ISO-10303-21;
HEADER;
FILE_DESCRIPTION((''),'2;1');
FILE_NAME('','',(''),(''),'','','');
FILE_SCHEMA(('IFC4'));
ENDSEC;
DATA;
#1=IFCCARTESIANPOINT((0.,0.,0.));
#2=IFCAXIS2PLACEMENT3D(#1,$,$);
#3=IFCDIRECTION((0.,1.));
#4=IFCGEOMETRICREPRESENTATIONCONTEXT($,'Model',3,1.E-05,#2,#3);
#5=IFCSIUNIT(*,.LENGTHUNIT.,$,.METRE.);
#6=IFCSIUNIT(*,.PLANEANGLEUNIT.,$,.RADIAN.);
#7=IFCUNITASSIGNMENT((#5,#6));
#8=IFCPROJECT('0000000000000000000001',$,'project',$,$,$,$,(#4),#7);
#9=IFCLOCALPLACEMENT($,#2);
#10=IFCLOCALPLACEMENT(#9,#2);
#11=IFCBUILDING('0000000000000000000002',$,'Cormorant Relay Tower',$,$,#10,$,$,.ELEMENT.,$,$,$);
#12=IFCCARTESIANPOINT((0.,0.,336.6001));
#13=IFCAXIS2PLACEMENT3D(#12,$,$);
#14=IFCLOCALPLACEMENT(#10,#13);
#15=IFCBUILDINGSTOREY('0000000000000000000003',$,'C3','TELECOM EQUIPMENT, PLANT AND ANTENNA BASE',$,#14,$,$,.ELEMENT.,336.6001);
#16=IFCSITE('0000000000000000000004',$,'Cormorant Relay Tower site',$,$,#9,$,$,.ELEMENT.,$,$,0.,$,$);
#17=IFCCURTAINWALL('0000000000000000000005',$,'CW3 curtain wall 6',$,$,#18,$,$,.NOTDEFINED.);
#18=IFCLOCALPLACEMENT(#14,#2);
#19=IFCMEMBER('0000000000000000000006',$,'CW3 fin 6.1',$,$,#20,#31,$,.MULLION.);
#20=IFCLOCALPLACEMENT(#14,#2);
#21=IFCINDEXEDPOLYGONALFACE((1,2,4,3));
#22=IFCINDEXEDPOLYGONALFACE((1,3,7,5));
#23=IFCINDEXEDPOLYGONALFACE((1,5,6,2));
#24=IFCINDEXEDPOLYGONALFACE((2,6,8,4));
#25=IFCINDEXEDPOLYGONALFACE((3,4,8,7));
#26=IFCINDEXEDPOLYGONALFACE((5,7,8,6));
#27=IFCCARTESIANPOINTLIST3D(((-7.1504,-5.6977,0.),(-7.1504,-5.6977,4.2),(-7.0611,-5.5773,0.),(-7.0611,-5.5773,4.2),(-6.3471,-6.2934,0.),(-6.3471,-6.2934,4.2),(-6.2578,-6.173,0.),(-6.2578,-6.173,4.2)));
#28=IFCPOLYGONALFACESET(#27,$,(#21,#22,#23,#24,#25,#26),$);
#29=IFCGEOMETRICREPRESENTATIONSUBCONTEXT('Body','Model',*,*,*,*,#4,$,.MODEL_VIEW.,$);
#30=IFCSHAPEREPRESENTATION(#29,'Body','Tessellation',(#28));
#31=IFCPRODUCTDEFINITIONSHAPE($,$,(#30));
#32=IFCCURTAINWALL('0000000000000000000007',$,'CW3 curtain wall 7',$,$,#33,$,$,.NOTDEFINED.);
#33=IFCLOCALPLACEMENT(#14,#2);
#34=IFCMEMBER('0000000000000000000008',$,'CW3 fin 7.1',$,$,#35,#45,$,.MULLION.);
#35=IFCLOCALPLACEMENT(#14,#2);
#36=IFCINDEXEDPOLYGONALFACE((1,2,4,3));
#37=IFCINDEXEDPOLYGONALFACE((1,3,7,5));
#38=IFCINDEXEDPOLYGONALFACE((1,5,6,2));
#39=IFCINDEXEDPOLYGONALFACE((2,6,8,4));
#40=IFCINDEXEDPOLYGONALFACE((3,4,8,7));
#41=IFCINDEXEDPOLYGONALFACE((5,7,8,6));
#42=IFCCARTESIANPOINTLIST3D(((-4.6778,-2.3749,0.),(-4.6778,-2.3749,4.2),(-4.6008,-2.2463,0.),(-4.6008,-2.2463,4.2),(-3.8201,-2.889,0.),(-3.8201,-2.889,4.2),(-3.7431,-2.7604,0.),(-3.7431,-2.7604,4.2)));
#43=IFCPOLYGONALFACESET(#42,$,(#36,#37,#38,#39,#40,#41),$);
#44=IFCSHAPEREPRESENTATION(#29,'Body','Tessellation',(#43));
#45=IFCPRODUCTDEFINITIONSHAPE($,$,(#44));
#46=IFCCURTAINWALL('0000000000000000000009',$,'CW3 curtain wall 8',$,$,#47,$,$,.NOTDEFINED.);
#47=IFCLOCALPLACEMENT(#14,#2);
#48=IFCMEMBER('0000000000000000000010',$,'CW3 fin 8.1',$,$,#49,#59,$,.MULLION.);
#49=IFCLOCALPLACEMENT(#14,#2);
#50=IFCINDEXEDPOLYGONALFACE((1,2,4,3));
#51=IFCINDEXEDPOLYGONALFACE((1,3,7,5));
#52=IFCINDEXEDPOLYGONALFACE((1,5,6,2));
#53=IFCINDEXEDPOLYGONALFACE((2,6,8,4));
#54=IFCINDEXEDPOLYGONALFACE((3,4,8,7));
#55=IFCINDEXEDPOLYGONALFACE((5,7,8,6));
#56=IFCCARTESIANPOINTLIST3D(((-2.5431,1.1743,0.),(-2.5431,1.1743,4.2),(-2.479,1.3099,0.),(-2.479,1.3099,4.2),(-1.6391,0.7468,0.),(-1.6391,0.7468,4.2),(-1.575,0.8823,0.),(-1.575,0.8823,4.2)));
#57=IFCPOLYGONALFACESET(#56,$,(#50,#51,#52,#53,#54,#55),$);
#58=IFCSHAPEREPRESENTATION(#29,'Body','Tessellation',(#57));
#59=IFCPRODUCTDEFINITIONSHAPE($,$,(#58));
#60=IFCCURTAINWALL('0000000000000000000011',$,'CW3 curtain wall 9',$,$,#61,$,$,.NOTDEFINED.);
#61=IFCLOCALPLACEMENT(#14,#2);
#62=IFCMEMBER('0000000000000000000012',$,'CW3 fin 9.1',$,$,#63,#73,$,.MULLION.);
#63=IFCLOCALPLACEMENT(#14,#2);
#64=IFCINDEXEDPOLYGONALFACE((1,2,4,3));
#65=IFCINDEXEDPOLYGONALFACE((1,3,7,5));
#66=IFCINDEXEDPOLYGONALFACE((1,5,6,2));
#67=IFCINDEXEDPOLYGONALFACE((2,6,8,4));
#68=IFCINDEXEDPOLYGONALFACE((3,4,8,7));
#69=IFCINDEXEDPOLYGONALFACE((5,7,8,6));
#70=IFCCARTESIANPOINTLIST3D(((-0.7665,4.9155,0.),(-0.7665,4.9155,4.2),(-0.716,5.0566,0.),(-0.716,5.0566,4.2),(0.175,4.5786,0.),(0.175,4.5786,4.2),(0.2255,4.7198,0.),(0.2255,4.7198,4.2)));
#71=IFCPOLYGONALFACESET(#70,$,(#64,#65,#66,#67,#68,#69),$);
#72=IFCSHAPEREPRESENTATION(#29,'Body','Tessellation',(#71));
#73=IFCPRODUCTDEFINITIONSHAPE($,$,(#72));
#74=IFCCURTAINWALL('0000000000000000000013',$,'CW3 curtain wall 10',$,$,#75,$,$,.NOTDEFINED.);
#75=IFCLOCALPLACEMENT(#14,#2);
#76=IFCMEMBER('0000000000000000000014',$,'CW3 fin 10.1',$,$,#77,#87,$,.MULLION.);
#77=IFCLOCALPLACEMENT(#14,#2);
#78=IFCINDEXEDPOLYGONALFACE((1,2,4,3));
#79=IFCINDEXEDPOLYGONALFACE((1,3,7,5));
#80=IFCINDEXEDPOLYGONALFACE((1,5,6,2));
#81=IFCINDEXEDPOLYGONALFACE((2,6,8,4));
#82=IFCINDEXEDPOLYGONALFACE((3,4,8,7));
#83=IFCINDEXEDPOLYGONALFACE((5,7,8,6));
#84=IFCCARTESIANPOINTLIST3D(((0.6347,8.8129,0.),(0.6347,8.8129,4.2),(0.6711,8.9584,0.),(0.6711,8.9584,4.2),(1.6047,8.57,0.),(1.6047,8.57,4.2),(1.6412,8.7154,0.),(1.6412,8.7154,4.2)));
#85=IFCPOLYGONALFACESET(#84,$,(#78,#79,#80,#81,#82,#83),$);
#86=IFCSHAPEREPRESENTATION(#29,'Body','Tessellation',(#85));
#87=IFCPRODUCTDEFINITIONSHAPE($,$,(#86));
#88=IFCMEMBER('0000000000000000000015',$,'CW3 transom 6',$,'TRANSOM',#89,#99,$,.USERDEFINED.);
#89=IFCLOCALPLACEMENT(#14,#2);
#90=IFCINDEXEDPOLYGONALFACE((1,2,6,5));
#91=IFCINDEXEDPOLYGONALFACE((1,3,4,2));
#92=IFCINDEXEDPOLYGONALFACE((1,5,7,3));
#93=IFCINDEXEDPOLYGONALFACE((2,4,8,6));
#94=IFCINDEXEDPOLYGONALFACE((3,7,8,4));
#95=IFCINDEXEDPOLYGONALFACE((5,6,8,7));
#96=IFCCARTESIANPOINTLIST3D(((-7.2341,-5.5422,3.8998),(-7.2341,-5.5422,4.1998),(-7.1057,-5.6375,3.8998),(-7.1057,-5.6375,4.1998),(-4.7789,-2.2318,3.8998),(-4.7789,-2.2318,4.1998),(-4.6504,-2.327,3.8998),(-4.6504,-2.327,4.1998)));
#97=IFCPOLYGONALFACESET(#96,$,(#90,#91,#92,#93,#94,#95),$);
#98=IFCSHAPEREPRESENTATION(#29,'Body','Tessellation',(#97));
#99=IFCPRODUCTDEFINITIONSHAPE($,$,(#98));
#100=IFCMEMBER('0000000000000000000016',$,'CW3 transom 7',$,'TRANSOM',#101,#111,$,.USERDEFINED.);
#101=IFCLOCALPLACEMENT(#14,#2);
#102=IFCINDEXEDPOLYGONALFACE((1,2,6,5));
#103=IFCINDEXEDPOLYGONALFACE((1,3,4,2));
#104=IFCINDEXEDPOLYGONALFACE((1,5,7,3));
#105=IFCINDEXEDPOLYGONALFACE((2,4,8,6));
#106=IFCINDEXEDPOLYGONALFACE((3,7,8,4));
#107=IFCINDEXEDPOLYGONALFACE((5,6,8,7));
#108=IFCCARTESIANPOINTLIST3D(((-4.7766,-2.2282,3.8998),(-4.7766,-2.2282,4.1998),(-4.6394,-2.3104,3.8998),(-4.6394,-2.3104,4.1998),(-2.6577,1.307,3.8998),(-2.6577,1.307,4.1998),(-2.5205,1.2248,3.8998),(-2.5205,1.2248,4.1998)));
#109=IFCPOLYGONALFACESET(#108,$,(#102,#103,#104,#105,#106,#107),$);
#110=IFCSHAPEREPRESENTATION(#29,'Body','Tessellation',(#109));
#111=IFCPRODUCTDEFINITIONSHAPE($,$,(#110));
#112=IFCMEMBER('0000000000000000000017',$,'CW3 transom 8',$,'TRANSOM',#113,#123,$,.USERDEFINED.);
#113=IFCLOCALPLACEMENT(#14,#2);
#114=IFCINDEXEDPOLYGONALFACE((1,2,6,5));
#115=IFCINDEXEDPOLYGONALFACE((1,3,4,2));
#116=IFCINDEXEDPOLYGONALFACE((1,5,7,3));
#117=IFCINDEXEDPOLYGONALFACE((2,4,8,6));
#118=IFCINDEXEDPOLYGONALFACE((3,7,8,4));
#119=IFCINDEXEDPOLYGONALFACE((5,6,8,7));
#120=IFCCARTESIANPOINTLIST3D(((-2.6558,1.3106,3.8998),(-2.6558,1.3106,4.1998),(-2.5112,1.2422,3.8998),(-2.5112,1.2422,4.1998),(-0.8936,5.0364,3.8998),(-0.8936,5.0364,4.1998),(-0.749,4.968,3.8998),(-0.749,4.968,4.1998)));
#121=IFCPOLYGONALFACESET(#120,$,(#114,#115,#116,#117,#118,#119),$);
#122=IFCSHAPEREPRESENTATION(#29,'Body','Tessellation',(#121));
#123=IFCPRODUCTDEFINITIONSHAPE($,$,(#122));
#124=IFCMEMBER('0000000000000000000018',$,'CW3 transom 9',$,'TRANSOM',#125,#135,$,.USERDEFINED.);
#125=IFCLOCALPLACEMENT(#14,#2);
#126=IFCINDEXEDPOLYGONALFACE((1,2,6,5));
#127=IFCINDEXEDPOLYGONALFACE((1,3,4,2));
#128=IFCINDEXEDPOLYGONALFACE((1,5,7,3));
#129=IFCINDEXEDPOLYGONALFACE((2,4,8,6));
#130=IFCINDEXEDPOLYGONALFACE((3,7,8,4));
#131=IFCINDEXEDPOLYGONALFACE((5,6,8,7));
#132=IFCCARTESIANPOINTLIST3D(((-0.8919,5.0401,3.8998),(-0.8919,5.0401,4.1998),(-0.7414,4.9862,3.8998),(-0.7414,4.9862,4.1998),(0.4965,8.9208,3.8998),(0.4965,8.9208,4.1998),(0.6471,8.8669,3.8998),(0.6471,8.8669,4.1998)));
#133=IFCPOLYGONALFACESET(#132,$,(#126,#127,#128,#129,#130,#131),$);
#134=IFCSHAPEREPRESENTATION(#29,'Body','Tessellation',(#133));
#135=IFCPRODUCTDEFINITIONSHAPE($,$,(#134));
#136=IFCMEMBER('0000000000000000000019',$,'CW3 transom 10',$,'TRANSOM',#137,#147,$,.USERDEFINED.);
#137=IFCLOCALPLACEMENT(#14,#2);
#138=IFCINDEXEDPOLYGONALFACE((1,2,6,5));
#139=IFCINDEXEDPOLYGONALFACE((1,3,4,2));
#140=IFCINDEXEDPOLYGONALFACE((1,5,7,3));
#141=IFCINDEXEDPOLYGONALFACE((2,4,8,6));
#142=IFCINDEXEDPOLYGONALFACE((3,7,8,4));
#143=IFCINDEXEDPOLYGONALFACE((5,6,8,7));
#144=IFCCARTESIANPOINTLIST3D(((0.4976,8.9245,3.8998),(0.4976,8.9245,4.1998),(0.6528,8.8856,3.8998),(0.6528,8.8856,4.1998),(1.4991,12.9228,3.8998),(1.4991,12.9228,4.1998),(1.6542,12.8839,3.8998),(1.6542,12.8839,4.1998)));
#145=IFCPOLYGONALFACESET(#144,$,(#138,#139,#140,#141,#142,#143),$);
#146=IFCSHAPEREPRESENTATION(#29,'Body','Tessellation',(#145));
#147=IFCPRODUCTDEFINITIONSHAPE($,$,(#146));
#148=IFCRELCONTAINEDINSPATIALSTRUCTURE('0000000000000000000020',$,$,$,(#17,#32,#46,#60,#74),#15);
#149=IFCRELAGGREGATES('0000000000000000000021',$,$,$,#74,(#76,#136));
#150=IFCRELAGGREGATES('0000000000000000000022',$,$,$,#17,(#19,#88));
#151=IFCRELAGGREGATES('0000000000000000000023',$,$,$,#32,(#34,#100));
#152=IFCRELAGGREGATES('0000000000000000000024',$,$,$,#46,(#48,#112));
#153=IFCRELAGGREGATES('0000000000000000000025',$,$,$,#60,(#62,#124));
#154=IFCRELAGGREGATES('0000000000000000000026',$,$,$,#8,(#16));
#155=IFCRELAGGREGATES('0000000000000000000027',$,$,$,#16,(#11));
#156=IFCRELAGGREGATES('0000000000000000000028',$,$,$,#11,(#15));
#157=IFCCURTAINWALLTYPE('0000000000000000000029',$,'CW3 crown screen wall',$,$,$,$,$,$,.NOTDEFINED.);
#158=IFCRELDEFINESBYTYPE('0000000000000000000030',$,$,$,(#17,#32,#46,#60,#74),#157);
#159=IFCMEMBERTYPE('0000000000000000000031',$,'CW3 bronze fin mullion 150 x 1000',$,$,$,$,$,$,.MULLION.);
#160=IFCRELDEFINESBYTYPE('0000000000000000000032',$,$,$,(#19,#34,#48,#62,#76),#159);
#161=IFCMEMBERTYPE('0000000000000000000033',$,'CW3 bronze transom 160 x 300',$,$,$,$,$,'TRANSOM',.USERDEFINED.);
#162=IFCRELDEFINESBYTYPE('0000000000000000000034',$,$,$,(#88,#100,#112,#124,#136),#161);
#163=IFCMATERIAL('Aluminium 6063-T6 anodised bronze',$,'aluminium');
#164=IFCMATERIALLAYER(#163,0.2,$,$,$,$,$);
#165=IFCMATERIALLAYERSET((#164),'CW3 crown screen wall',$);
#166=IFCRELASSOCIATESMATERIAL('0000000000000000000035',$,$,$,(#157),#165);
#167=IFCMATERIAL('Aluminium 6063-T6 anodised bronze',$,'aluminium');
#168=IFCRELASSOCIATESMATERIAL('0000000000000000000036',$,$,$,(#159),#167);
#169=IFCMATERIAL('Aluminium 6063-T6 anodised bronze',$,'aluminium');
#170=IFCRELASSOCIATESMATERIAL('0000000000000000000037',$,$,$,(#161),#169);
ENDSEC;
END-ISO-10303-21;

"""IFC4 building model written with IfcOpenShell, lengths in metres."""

from ifc_helpers import new_model, si_unit, direction, frame, origin, origin_2d, place, context, subcontext, project, spatial, rectangle, extrude, material, layer, layer_set, material_profile, profile_set, type_object, element, aggregate, save


model = new_model("IFC4")

# Units and contexts
model_context = context("Model", 3, precision=1e-05, world=origin(), true_north=direction((0.0, 1.0)))
body_context = subcontext(model_context, "Body", "Model", "MODEL_VIEW")
ifc_project = project(units=[si_unit("LENGTHUNIT", "METRE"), si_unit("PLANEANGLEUNIT", "RADIAN")], contexts=[model_context])

# Site, building, storey
site_placement = place(None, origin())
site = spatial("IfcSite", under=ifc_project, at=site_placement, Name="Cormorant Relay Tower site", CompositionType="ELEMENT", RefElevation=0.0)
building_placement = place(site_placement, origin())
building = spatial("IfcBuilding", under=site, at=building_placement, Name="Cormorant Relay Tower", CompositionType="ELEMENT")
storey_placement = place(building_placement, frame((0.0, 0.0, 336.6001)))
storey = spatial("IfcBuildingStorey", under=building, at=storey_placement, Name="C3", Description="TELECOM EQUIPMENT, PLANT AND ANTENNA BASE", CompositionType="ELEMENT", Elevation=336.6001)

# Curtain walls, members
ifc_material_1 = material(Name="Aluminium 6063-T6 anodised bronze", Category="aluminium")
ifc_layer_1 = layer(ifc_material_1, 0.2)
ifc_layer_set_1 = layer_set([ifc_layer_1], Name="CW3 crown screen wall")
curtain_wall_type = type_object("IfcCurtainWallType", Name="CW3 crown screen wall", PredefinedType="NOTDEFINED", material=ifc_layer_set_1)
curtain_wall_1_placement = place(storey_placement, origin())
curtain_wall_1 = element("IfcCurtainWall", 1, at=curtain_wall_1_placement, inside=storey, type_object=curtain_wall_type, Name="CW3 curtain wall 6", PredefinedType="NOTDEFINED")
ifc_material_2 = material(Name="Aluminium 6063-T6 anodised bronze", Category="aluminium")
ifc_material_profile_1 = material_profile(ifc_material_2, rectangle(XDim=0.1499, YDim=1.0, at=origin_2d()), Name="AL 150x1000")
ifc_profile_set_1 = profile_set([ifc_material_profile_1], Name="Aluminium 6063-T6 anodised bronze")
member_type_1 = type_object("IfcMemberType", Name="CW3 bronze fin mullion 150 x 1000", PredefinedType="MULLION", material=ifc_profile_set_1)
member_1_placement = place(storey_placement, frame((-6.7041, -5.9353, 0.0), z_axis=(0.0, 0.0, 1.0), x_axis=(0.595699, 0.803208, 0.0)))
member_1 = element("IfcMember", 2, at=member_1_placement, type_object=member_type_1, Name="CW3 fin 6.1", PredefinedType="MULLION", context=body_context, shape_type="SweptSolid", body=[
    extrude(rectangle(XDim=0.1499, YDim=1.0, at=origin_2d()), origin(), (0.0, 0.0, 1.0), 4.2),
])
curtain_wall_2_placement = place(storey_placement, origin())
curtain_wall_2 = element("IfcCurtainWall", 3, at=curtain_wall_2_placement, inside=storey, type_object=curtain_wall_type, Name="CW3 curtain wall 7", PredefinedType="NOTDEFINED")
member_2_placement = place(storey_placement, frame((-4.2104, -2.5676, 0.0), z_axis=(0.0, 0.0, 1.0), x_axis=(0.514103, 0.857729, 0.0)))
member_2 = element("IfcMember", 4, at=member_2_placement, type_object=member_type_1, Name="CW3 fin 7.1", PredefinedType="MULLION", context=body_context, shape_type="SweptSolid", body=[
    extrude(rectangle(XDim=0.1499, YDim=1.0, at=origin_2d()), origin(), (0.0, 0.0, 1.0), 4.2),
])
curtain_wall_3_placement = place(storey_placement, origin())
curtain_wall_3 = element("IfcCurtainWall", 5, at=curtain_wall_3_placement, inside=storey, type_object=curtain_wall_type, Name="CW3 curtain wall 8", PredefinedType="NOTDEFINED")
member_3_placement = place(storey_placement, frame((-2.0591, 1.0283, 0.0), z_axis=(0.0, 0.0, 1.0), x_axis=(0.427555, 0.903989, 0.0)))
member_3 = element("IfcMember", 6, at=member_3_placement, type_object=member_type_1, Name="CW3 fin 8.1", PredefinedType="MULLION", context=body_context, shape_type="SweptSolid", body=[
    extrude(rectangle(XDim=0.1499, YDim=1.0, at=origin_2d()), origin(), (0.0, 0.0, 1.0), 4.2),
])
curtain_wall_4_placement = place(storey_placement, origin())
curtain_wall_4 = element("IfcCurtainWall", 7, at=curtain_wall_4_placement, inside=storey, type_object=curtain_wall_type, Name="CW3 curtain wall 9", PredefinedType="NOTDEFINED")
member_4_placement = place(storey_placement, frame((-0.2705, 4.8176, 0.0), z_axis=(0.0, 0.0, 1.0), x_axis=(0.33689, 0.941544, 0.0)))
member_4 = element("IfcMember", 8, at=member_4_placement, type_object=member_type_1, Name="CW3 fin 9.1", PredefinedType="MULLION", context=body_context, shape_type="SweptSolid", body=[
    extrude(rectangle(XDim=0.1499, YDim=1.0, at=origin_2d()), origin(), (0.0, 0.0, 1.0), 4.2),
])
curtain_wall_5_placement = place(storey_placement, origin())
curtain_wall_5 = element("IfcCurtainWall", 9, at=curtain_wall_5_placement, inside=storey, type_object=curtain_wall_type, Name="CW3 curtain wall 10", PredefinedType="NOTDEFINED")
member_5_placement = place(storey_placement, frame((1.1379, 8.7642, 0.0), z_axis=(0.0, 0.0, 1.0), x_axis=(0.24298, 0.970031, 0.0)))
member_5 = element("IfcMember", 10, at=member_5_placement, type_object=member_type_1, Name="CW3 fin 10.1", PredefinedType="MULLION", context=body_context, shape_type="SweptSolid", body=[
    extrude(rectangle(XDim=0.1499, YDim=1.0, at=origin_2d()), origin(), (0.0, 0.0, 1.0), 4.2),
])

# Members
ifc_material_3 = material(Name="Aluminium 6063-T6 anodised bronze", Category="aluminium")
ifc_material_profile_2 = material_profile(ifc_material_3, rectangle(XDim=0.1599, YDim=0.3, at=origin_2d()), Name="AL 160x300")
ifc_profile_set_2 = profile_set([ifc_material_profile_2], Name="Aluminium 6063-T6 anodised bronze")
member_type_2 = type_object("IfcMemberType", Name="CW3 bronze transom 160 x 300", ElementType="TRANSOM", PredefinedType="USERDEFINED", material=ifc_profile_set_2)
member_6_placement = place(storey_placement, frame((-7.1699, -5.5898, 4.0498), z_axis=(0.595708, 0.803201, 0.0), x_axis=(-0.803201, 0.595708, 0.0)))
member_6 = element("IfcMember", 11, at=member_6_placement, type_object=member_type_2, Name="CW3 transom 6", ObjectType="TRANSOM", PredefinedType="USERDEFINED", context=body_context, shape_type="SweptSolid", body=[
    extrude(rectangle(XDim=0.1599, YDim=0.3, at=origin_2d()), origin(), (0.0, 0.0, 1.0), 4.1216),
])
member_7_placement = place(storey_placement, frame((-4.708, -2.2693, 4.0498), z_axis=(0.514104, 0.857728, 0.0), x_axis=(-0.857728, 0.514104, 0.0)))
member_7 = element("IfcMember", 12, at=member_7_placement, type_object=member_type_2, Name="CW3 transom 7", ObjectType="TRANSOM", PredefinedType="USERDEFINED", context=body_context, shape_type="SweptSolid", body=[
    extrude(rectangle(XDim=0.1599, YDim=0.3, at=origin_2d()), origin(), (0.0, 0.0, 1.0), 4.1216),
])
member_8_placement = place(storey_placement, frame((-2.5835, 1.2764, 4.0498), z_axis=(0.427559, 0.903987, 0.0), x_axis=(-0.903987, 0.427559, 0.0)))
member_8 = element("IfcMember", 13, at=member_8_placement, type_object=member_type_2, Name="CW3 transom 8", ObjectType="TRANSOM", PredefinedType="USERDEFINED", context=body_context, shape_type="SweptSolid", body=[
    extrude(rectangle(XDim=0.1599, YDim=0.3, at=origin_2d()), origin(), (0.0, 0.0, 1.0), 4.1216),
])
member_9_placement = place(storey_placement, frame((-0.8167, 5.0132, 4.0498), z_axis=(0.336873, 0.94155, 0.0), x_axis=(-0.94155, 0.336873, 0.0)))
member_9 = element("IfcMember", 14, at=member_9_placement, type_object=member_type_2, Name="CW3 transom 9", ObjectType="TRANSOM", PredefinedType="USERDEFINED", context=body_context, shape_type="SweptSolid", body=[
    extrude(rectangle(XDim=0.1599, YDim=0.3, at=origin_2d()), origin(), (0.0, 0.0, 1.0), 4.1216),
])
member_10_placement = place(storey_placement, frame((0.5752, 8.905, 4.0498), z_axis=(0.242968, 0.970034, 0.0), x_axis=(-0.970034, 0.242968, 0.0)))
member_10 = element("IfcMember", 15, at=member_10_placement, type_object=member_type_2, Name="CW3 transom 10", ObjectType="TRANSOM", PredefinedType="USERDEFINED", context=body_context, shape_type="SweptSolid", body=[
    extrude(rectangle(XDim=0.1599, YDim=0.3, at=origin_2d()), origin(), (0.0, 0.0, 1.0), 4.1218),
])
aggregate(curtain_wall_5, [member_5, member_10])

aggregate(curtain_wall_1, [member_1, member_6])
aggregate(curtain_wall_2, [member_2, member_7])
aggregate(curtain_wall_3, [member_3, member_8])
aggregate(curtain_wall_4, [member_4, member_9])

save(model, "model.ifc")
